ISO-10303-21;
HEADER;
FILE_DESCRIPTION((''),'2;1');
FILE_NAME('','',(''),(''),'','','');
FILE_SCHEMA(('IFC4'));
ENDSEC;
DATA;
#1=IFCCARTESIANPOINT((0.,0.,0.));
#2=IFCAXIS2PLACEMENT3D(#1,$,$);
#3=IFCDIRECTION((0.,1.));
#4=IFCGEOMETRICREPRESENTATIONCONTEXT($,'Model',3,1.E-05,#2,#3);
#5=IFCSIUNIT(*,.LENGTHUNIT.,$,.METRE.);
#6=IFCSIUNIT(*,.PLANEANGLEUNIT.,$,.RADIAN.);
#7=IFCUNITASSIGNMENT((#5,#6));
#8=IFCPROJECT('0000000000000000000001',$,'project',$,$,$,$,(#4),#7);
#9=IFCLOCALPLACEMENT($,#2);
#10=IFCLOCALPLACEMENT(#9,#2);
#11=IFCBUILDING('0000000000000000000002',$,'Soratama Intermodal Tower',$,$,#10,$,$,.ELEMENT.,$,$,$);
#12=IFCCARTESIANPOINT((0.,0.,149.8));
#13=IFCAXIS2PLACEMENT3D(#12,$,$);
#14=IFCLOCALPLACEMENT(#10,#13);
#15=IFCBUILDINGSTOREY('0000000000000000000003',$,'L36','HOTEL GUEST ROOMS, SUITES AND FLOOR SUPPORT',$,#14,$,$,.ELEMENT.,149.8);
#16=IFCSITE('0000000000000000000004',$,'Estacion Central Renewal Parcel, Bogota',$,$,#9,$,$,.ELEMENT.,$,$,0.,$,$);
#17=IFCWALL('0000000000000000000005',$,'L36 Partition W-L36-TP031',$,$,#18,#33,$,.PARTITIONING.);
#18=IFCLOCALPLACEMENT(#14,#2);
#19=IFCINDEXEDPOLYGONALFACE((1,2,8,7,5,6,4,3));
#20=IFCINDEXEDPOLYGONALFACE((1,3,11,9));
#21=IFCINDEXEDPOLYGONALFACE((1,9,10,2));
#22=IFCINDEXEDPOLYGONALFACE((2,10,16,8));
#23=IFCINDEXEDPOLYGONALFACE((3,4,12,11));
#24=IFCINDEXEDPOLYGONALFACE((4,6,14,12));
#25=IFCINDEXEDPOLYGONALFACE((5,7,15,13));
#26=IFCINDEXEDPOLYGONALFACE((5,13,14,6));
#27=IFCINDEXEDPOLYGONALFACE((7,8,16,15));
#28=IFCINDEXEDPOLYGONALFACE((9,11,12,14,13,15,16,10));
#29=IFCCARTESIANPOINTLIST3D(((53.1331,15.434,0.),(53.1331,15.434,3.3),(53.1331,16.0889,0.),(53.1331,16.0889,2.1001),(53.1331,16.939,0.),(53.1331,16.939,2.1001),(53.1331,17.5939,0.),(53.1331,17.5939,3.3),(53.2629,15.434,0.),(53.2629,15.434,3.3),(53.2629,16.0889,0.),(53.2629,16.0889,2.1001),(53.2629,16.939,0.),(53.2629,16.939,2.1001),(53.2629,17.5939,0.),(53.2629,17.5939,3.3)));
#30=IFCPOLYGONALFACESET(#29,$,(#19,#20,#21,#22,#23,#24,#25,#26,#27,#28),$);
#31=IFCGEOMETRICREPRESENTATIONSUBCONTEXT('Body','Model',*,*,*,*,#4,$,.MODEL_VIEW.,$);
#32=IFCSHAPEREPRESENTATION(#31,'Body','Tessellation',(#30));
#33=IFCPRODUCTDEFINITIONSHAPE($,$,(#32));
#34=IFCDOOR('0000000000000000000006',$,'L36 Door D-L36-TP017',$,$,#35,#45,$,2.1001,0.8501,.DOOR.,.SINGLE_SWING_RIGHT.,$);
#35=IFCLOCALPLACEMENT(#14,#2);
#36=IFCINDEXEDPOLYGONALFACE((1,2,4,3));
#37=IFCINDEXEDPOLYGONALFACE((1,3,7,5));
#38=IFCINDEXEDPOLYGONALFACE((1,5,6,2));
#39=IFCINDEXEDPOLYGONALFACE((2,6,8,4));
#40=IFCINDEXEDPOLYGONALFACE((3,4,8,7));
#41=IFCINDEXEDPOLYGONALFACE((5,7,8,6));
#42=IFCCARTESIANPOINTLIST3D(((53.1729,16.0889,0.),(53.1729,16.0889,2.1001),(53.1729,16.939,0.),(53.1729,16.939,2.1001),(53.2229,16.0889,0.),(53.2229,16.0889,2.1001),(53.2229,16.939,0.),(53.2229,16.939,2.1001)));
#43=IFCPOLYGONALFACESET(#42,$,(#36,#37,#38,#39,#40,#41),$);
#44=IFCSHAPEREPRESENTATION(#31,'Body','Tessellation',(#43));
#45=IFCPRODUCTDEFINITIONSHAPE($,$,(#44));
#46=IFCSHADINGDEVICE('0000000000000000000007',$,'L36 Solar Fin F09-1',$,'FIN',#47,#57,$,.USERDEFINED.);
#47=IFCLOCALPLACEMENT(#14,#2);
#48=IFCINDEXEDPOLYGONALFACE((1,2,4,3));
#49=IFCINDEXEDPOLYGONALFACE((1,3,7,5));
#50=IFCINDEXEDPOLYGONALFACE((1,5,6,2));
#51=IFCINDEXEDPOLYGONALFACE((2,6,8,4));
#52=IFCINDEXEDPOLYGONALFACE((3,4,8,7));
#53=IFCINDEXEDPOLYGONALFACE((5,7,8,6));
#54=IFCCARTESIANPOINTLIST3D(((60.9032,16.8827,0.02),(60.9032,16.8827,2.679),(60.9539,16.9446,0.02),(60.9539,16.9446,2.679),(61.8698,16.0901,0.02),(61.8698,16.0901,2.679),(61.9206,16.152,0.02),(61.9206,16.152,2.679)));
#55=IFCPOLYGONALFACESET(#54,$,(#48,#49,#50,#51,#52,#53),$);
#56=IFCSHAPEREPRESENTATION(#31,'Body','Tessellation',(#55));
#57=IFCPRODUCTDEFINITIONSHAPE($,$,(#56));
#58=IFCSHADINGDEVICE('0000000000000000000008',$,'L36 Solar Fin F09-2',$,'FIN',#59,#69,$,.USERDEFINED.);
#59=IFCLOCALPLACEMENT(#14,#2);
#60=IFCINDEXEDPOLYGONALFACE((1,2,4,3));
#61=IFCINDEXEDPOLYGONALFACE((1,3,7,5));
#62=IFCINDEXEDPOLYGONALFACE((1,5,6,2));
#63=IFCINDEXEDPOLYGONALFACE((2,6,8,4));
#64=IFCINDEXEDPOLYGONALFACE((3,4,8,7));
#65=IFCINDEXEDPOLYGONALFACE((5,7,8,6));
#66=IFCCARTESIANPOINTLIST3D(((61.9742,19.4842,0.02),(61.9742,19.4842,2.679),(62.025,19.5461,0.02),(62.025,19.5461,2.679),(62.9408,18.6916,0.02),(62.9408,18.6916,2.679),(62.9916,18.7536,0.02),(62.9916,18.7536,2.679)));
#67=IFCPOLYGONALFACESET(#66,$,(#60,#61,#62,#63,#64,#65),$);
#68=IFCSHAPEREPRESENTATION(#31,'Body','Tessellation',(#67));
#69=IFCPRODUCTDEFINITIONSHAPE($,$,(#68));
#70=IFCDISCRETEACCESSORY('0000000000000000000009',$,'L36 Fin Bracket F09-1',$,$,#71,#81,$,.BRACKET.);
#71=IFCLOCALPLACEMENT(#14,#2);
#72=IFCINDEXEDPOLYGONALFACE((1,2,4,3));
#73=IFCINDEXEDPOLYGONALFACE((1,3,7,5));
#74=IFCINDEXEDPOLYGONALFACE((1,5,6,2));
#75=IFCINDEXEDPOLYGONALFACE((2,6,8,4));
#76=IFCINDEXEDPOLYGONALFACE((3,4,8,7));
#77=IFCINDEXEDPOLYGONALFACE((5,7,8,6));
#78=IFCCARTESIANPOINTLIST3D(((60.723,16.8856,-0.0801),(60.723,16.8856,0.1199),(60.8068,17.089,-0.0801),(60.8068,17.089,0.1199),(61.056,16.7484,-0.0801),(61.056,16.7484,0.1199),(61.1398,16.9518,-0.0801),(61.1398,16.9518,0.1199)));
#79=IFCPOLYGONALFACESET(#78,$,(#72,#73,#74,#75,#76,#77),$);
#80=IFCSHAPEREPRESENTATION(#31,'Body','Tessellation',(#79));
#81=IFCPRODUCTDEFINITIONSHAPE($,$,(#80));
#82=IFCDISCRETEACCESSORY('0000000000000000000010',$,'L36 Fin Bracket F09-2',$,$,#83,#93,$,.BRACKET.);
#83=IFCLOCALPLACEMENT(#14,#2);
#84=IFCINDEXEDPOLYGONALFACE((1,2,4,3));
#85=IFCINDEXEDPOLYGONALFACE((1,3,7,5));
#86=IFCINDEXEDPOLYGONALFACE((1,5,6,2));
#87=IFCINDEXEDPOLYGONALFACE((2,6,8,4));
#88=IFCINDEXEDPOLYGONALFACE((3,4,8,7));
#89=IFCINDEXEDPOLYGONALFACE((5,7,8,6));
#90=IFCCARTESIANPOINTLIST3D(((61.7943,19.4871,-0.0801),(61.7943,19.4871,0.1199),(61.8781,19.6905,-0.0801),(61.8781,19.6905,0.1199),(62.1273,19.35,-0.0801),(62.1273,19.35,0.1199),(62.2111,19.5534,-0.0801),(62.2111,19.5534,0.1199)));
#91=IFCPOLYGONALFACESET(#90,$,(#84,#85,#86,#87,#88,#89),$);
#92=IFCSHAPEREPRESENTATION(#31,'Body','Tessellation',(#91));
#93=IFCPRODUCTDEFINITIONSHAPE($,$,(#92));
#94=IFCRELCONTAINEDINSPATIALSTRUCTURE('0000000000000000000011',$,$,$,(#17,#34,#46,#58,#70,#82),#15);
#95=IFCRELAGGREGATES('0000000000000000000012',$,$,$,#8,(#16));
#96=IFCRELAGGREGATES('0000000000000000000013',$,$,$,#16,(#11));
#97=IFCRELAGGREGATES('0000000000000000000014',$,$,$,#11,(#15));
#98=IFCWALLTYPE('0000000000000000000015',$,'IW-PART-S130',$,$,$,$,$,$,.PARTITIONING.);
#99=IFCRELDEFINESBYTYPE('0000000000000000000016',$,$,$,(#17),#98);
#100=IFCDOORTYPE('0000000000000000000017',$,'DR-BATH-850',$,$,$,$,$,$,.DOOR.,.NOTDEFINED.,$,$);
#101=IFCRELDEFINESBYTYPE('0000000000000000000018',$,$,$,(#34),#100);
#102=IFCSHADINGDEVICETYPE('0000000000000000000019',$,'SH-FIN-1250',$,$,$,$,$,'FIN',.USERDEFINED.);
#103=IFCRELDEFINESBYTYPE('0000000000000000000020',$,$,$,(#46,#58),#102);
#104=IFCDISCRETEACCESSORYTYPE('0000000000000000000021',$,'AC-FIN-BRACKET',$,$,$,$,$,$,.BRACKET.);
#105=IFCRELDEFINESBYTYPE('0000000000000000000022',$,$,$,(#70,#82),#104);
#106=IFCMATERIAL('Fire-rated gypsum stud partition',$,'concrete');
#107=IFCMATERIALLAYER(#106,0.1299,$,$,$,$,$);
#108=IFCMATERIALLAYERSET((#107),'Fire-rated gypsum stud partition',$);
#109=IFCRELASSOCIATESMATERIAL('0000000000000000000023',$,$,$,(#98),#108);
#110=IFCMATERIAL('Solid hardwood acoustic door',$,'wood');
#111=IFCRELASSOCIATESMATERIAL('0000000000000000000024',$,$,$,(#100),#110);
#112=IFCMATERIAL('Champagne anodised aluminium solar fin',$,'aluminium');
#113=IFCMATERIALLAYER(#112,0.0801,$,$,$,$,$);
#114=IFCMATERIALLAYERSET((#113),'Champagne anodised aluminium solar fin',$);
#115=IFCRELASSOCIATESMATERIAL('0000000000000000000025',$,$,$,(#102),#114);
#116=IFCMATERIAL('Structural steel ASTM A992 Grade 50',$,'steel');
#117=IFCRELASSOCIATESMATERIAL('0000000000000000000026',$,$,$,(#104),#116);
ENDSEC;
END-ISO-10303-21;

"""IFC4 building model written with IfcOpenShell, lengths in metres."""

from ifc_helpers import new_model, si_unit, direction, frame, frame_2d, origin, origin_2d, place, context, subcontext, project, spatial, rectangle, extrude, material, layer, layer_set, type_object, element, fill, save


model = new_model("IFC4")

# Units and contexts
model_context = context("Model", 3, precision=1e-05, world=origin(), true_north=direction((0.0, 1.0)))
body_context = subcontext(model_context, "Body", "Model", "MODEL_VIEW")
ifc_project = project(units=[si_unit("LENGTHUNIT", "METRE"), si_unit("PLANEANGLEUNIT", "RADIAN")], contexts=[model_context])

# Site, building, storey
site_placement = place(None, origin())
site = spatial("IfcSite", under=ifc_project, at=site_placement, Name="Estacion Central Renewal Parcel, Bogota", CompositionType="ELEMENT", RefElevation=0.0)
building_placement = place(site_placement, origin())
building = spatial("IfcBuilding", under=site, at=building_placement, Name="Soratama Intermodal Tower", CompositionType="ELEMENT")
storey_placement = place(building_placement, frame((0.0, 0.0, 149.8)))
storey = spatial("IfcBuildingStorey", under=building, at=storey_placement, Name="L36", Description="HOTEL GUEST ROOMS, SUITES AND FLOOR SUPPORT", CompositionType="ELEMENT", Elevation=149.8)

# Wall, opening, door
ifc_material_1 = material(Name="Fire-rated gypsum stud partition", Category="concrete")
ifc_layer_1 = layer(ifc_material_1, 0.1299)
ifc_layer_set_1 = layer_set([ifc_layer_1], Name="Fire-rated gypsum stud partition")
wall_type_1 = type_object("IfcWallType", Name="IW-PART-S130", PredefinedType="PARTITIONING", material=ifc_layer_set_1)
wall_1_placement = place(storey_placement, frame((53.198, 17.594, 0.0), z_axis=(0.0, 0.0, 1.0), x_axis=(0.0, -1.0, 0.0)))
wall_1 = element("IfcWall", 1, at=wall_1_placement, inside=storey, type_object=wall_type_1, Name="L36 Partition W-L36-TP031", PredefinedType="PARTITIONING", context=body_context, shape_type="SweptSolid", body=[
    extrude(rectangle(XDim=2.1599, YDim=0.1299, at=frame_2d((1.0801, 0.0))), origin(), (0.0, 0.0, 1.0), 3.3),
])
opening_1_placement = place(wall_1_placement, frame((0.655, 0.0, 0.0)))
opening_1 = element("IfcOpeningElement", 2, at=opening_1_placement, cuts=wall_1, PredefinedType="OPENING", context=body_context, shape_type="SweptSolid", body=[
    extrude(rectangle(XDim=0.8501, YDim=2.1001, at=frame_2d((0.425, 1.05))), frame((0.0, 0.075, 0.0), z_axis=(0.0, -1.0, 0.0), x_axis=(1.0, 0.0, 0.0)), (0.0, 0.0, 1.0), 0.1499),
])
ifc_material_2 = material(Name="Solid hardwood acoustic door", Category="wood")
door_type = type_object("IfcDoorType", Name="DR-BATH-850", OperationType="NOTDEFINED", PredefinedType="DOOR", material=ifc_material_2)
door_placement = place(opening_1_placement, origin())
door = element("IfcDoor", 3, at=door_placement, inside=storey, type_object=door_type, Name="L36 Door D-L36-TP017", OperationType="SINGLE_SWING_RIGHT", OverallHeight=2.1001, OverallWidth=0.8501, PredefinedType="DOOR", context=body_context, shape_type="SweptSolid", body=[
    extrude(rectangle(XDim=0.8501, YDim=2.1001, at=frame_2d((0.425, 1.05))), frame((0.0, 0.0249, 0.0), z_axis=(0.0, -1.0, 0.0), x_axis=(1.0, 0.0, 0.0)), (0.0, 0.0, 1.0), 0.05),
])
fill(opening_1, door)

# Shading devices
ifc_material_3 = material(Name="Champagne anodised aluminium solar fin", Category="aluminium")
ifc_layer_2 = layer(ifc_material_3, 0.0801)
ifc_layer_set_2 = layer_set([ifc_layer_2], Name="Champagne anodised aluminium solar fin")
shading_device_type = type_object("IfcShadingDeviceType", Name="SH-FIN-1250", ElementType="FIN", PredefinedType="USERDEFINED", material=ifc_layer_set_2)
for number, where, z_axis, x_axis, name in (
    (4, (61.4119, 16.5173, 0.02), (0.0, 0.0, 1.0), (0.773287, -0.634056, 0.0), "L36 Solar Fin F09-1"),
    (5, (62.4829, 19.1189, 0.02), (0.0, 0.0, 1.0), (0.773287, -0.634056, 0.0), "L36 Solar Fin F09-2"),
):
    element("IfcShadingDevice", number, at=place(storey_placement, frame(where, z_axis=z_axis, x_axis=x_axis)), inside=storey, type_object=shading_device_type, Name=name, ObjectType="FIN", PredefinedType="USERDEFINED", context=body_context, shape_type="SweptSolid", body=[
        extrude(rectangle(XDim=1.25, YDim=0.0801, at=origin_2d()), origin(), (0.0, 0.0, 1.0), 2.6589),
    ])

# Discrete accessories
ifc_material_4 = material(Name="Structural steel ASTM A992 Grade 50", Category="steel")
discrete_accessory_type = type_object("IfcDiscreteAccessoryType", Name="AC-FIN-BRACKET", PredefinedType="BRACKET", material=ifc_material_4)
for number, where, z_axis, x_axis, name in (
    (6, (60.9314, 16.9187, -0.0801), (0.0, 0.0, 1.0), (0.924679, -0.380748, 0.0), "L36 Fin Bracket F09-1"),
    (7, (62.0027, 19.5203, -0.0801), (0.0, 0.0, 1.0), (0.924679, -0.380748, 0.0), "L36 Fin Bracket F09-2"),
):
    element("IfcDiscreteAccessory", number, at=place(storey_placement, frame(where, z_axis=z_axis, x_axis=x_axis)), inside=storey, type_object=discrete_accessory_type, Name=name, PredefinedType="BRACKET", context=body_context, shape_type="SweptSolid", body=[
        extrude(rectangle(XDim=0.3601, YDim=0.22, at=origin_2d()), origin(), (0.0, 0.0, 1.0), 0.2),
    ])

save(model, "model.ifc")
